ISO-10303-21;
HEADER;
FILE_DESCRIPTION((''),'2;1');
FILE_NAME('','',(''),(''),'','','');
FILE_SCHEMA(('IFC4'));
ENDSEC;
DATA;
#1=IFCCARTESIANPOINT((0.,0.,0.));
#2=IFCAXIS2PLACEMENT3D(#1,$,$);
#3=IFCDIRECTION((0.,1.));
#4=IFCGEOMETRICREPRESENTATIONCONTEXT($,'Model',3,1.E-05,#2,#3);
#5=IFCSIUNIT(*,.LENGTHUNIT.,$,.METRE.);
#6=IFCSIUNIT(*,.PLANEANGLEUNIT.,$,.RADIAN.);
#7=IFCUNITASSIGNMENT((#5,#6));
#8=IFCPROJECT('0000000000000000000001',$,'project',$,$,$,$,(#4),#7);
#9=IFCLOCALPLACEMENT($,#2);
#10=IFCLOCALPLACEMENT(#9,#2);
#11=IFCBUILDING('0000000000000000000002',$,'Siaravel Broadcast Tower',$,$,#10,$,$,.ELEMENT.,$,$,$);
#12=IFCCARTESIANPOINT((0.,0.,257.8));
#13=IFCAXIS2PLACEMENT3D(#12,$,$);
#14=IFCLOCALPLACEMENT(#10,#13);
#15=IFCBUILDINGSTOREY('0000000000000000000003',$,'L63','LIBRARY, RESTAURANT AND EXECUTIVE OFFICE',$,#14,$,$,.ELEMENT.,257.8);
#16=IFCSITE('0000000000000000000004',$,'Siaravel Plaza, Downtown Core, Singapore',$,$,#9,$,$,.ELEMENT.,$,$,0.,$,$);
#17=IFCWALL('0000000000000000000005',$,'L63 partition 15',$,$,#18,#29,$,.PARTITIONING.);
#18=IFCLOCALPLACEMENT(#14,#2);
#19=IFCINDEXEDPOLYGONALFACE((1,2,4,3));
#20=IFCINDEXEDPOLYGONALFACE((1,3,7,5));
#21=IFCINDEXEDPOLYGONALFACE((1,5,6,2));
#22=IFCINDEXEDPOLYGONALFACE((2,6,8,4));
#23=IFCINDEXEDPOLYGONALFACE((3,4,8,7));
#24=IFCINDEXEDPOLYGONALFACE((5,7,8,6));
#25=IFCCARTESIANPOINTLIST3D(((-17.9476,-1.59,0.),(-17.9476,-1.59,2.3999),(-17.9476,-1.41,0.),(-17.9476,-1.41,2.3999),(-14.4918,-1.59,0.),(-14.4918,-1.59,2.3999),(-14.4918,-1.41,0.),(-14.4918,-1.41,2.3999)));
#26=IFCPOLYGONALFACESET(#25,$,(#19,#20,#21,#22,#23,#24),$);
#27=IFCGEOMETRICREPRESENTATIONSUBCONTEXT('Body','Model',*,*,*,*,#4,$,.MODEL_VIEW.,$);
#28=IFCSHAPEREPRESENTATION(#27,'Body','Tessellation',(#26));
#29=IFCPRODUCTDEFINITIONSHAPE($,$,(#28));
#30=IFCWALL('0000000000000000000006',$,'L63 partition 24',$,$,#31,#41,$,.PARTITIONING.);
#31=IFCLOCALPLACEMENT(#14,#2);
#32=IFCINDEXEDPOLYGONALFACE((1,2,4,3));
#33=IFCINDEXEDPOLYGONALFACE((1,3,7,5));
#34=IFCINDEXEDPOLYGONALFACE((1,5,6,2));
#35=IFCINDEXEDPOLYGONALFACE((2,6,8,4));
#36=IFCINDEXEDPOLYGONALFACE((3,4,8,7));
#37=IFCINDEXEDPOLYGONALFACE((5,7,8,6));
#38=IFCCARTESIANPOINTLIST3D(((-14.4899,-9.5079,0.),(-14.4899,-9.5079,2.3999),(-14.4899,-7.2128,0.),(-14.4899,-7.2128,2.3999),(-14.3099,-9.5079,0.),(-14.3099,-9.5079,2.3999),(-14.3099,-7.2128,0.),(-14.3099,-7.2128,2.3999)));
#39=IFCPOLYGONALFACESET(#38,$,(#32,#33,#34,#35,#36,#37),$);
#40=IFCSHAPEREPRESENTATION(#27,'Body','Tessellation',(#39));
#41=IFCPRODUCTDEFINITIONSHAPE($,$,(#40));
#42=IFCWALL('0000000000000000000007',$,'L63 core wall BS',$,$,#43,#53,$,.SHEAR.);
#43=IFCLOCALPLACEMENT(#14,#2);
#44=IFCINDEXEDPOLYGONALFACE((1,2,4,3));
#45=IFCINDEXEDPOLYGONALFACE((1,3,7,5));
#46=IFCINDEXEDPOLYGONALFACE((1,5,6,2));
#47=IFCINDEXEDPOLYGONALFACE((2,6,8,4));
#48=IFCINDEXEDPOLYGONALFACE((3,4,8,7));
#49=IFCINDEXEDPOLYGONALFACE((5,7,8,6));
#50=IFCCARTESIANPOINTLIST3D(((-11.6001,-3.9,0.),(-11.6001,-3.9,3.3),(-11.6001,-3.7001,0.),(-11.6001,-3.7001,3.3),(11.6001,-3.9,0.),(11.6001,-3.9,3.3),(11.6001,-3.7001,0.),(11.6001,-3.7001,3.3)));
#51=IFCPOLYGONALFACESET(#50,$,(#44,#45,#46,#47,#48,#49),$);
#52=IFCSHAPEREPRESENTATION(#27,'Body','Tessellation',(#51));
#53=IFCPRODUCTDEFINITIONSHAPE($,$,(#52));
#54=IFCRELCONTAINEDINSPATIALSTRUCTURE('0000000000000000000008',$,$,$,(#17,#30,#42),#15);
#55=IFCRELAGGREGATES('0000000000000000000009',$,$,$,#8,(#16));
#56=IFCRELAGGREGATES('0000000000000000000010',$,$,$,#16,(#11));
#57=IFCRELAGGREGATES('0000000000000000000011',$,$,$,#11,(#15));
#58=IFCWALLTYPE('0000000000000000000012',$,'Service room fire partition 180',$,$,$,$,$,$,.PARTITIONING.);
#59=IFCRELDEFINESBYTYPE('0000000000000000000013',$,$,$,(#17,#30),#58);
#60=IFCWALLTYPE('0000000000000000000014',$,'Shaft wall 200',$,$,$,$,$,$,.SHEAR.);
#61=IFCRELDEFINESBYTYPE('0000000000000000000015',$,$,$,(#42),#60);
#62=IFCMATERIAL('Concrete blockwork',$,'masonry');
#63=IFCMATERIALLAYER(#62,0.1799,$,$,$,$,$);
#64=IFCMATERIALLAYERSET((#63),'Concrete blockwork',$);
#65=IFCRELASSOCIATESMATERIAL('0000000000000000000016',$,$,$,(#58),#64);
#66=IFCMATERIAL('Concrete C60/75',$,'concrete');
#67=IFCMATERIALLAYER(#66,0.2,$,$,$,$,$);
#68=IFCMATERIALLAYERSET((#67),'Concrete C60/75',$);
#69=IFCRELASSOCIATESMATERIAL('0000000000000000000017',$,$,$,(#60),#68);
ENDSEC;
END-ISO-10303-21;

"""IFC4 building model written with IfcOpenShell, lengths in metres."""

from ifc_helpers import new_model, si_unit, direction, frame, frame_2d, origin, place, context, subcontext, project, spatial, rectangle, extrude, material, layer, layer_set, type_object, element, save


model = new_model("IFC4")

# Units and contexts
model_context = context("Model", 3, precision=1e-05, world=origin(), true_north=direction((0.0, 1.0)))
body_context = subcontext(model_context, "Body", "Model", "MODEL_VIEW")
ifc_project = project(units=[si_unit("LENGTHUNIT", "METRE"), si_unit("PLANEANGLEUNIT", "RADIAN")], contexts=[model_context])

# Site, building, storey
site_placement = place(None, origin())
site = spatial("IfcSite", under=ifc_project, at=site_placement, Name="Siaravel Plaza, Downtown Core, Singapore", CompositionType="ELEMENT", RefElevation=0.0)
building_placement = place(site_placement, origin())
building = spatial("IfcBuilding", under=site, at=building_placement, Name="Siaravel Broadcast Tower", CompositionType="ELEMENT")
storey_placement = place(building_placement, frame((0.0, 0.0, 257.8)))
storey = spatial("IfcBuildingStorey", under=building, at=storey_placement, Name="L63", Description="LIBRARY, RESTAURANT AND EXECUTIVE OFFICE", CompositionType="ELEMENT", Elevation=257.8)

# Shared definitions
ifc_material_1 = material(Name="Concrete C60/75", Category="concrete")

# Shared definitions
ifc_material_2 = material(Name="Concrete blockwork", Category="masonry")
ifc_layer_1 = layer(ifc_material_2, 0.1799)
ifc_layer_set_1 = layer_set([ifc_layer_1], Name="Concrete blockwork")
wall_type_1 = type_object("IfcWallType", Name="Service room fire partition 180", PredefinedType="PARTITIONING", material=ifc_layer_set_1)

# Walls
wall_1_placement = place(storey_placement, frame((-17.9478, -1.5, 0.0), z_axis=(0.0, 0.0, 1.0), x_axis=(1.0, 0.0, 0.0)))
element("IfcWall", 1, at=wall_1_placement, inside=storey, type_object=wall_type_1, Name="L63 partition 15", PredefinedType="PARTITIONING", context=body_context, shape_type="SweptSolid", body=[
    extrude(rectangle(XDim=3.4558, YDim=0.1799, at=frame_2d((1.728, 0.0))), origin(), (0.0, 0.0, 1.0), 2.3999),
])
wall_2_placement = place(storey_placement, frame((-14.3999, -7.2129, 0.0), z_axis=(0.0, 0.0, 1.0), x_axis=(0.0, -1.0, 0.0)))
element("IfcWall", 2, at=wall_2_placement, inside=storey, type_object=wall_type_1, Name="L63 partition 24", PredefinedType="PARTITIONING", context=body_context, shape_type="SweptSolid", body=[
    extrude(rectangle(XDim=2.2952, YDim=0.1799, at=frame_2d((1.1475, 0.0))), origin(), (0.0, 0.0, 1.0), 2.3999),
])
ifc_layer_2 = layer(ifc_material_1, 0.2)
ifc_layer_set_2 = layer_set([ifc_layer_2], Name="Concrete C60/75")
wall_type_2 = type_object("IfcWallType", Name="Shaft wall 200", PredefinedType="SHEAR", material=ifc_layer_set_2)
wall_3_placement = place(storey_placement, frame((-11.6001, -3.8, 0.0), z_axis=(0.0, 0.0, 1.0), x_axis=(1.0, 0.0, 0.0)))
element("IfcWall", 3, at=wall_3_placement, inside=storey, type_object=wall_type_2, Name="L63 core wall BS", PredefinedType="SHEAR", context=body_context, shape_type="SweptSolid", body=[
    extrude(rectangle(XDim=23.2002, YDim=0.2, at=frame_2d((11.6001, 0.0))), origin(), (0.0, 0.0, 1.0), 3.3),
])

save(model, "model.ifc")
